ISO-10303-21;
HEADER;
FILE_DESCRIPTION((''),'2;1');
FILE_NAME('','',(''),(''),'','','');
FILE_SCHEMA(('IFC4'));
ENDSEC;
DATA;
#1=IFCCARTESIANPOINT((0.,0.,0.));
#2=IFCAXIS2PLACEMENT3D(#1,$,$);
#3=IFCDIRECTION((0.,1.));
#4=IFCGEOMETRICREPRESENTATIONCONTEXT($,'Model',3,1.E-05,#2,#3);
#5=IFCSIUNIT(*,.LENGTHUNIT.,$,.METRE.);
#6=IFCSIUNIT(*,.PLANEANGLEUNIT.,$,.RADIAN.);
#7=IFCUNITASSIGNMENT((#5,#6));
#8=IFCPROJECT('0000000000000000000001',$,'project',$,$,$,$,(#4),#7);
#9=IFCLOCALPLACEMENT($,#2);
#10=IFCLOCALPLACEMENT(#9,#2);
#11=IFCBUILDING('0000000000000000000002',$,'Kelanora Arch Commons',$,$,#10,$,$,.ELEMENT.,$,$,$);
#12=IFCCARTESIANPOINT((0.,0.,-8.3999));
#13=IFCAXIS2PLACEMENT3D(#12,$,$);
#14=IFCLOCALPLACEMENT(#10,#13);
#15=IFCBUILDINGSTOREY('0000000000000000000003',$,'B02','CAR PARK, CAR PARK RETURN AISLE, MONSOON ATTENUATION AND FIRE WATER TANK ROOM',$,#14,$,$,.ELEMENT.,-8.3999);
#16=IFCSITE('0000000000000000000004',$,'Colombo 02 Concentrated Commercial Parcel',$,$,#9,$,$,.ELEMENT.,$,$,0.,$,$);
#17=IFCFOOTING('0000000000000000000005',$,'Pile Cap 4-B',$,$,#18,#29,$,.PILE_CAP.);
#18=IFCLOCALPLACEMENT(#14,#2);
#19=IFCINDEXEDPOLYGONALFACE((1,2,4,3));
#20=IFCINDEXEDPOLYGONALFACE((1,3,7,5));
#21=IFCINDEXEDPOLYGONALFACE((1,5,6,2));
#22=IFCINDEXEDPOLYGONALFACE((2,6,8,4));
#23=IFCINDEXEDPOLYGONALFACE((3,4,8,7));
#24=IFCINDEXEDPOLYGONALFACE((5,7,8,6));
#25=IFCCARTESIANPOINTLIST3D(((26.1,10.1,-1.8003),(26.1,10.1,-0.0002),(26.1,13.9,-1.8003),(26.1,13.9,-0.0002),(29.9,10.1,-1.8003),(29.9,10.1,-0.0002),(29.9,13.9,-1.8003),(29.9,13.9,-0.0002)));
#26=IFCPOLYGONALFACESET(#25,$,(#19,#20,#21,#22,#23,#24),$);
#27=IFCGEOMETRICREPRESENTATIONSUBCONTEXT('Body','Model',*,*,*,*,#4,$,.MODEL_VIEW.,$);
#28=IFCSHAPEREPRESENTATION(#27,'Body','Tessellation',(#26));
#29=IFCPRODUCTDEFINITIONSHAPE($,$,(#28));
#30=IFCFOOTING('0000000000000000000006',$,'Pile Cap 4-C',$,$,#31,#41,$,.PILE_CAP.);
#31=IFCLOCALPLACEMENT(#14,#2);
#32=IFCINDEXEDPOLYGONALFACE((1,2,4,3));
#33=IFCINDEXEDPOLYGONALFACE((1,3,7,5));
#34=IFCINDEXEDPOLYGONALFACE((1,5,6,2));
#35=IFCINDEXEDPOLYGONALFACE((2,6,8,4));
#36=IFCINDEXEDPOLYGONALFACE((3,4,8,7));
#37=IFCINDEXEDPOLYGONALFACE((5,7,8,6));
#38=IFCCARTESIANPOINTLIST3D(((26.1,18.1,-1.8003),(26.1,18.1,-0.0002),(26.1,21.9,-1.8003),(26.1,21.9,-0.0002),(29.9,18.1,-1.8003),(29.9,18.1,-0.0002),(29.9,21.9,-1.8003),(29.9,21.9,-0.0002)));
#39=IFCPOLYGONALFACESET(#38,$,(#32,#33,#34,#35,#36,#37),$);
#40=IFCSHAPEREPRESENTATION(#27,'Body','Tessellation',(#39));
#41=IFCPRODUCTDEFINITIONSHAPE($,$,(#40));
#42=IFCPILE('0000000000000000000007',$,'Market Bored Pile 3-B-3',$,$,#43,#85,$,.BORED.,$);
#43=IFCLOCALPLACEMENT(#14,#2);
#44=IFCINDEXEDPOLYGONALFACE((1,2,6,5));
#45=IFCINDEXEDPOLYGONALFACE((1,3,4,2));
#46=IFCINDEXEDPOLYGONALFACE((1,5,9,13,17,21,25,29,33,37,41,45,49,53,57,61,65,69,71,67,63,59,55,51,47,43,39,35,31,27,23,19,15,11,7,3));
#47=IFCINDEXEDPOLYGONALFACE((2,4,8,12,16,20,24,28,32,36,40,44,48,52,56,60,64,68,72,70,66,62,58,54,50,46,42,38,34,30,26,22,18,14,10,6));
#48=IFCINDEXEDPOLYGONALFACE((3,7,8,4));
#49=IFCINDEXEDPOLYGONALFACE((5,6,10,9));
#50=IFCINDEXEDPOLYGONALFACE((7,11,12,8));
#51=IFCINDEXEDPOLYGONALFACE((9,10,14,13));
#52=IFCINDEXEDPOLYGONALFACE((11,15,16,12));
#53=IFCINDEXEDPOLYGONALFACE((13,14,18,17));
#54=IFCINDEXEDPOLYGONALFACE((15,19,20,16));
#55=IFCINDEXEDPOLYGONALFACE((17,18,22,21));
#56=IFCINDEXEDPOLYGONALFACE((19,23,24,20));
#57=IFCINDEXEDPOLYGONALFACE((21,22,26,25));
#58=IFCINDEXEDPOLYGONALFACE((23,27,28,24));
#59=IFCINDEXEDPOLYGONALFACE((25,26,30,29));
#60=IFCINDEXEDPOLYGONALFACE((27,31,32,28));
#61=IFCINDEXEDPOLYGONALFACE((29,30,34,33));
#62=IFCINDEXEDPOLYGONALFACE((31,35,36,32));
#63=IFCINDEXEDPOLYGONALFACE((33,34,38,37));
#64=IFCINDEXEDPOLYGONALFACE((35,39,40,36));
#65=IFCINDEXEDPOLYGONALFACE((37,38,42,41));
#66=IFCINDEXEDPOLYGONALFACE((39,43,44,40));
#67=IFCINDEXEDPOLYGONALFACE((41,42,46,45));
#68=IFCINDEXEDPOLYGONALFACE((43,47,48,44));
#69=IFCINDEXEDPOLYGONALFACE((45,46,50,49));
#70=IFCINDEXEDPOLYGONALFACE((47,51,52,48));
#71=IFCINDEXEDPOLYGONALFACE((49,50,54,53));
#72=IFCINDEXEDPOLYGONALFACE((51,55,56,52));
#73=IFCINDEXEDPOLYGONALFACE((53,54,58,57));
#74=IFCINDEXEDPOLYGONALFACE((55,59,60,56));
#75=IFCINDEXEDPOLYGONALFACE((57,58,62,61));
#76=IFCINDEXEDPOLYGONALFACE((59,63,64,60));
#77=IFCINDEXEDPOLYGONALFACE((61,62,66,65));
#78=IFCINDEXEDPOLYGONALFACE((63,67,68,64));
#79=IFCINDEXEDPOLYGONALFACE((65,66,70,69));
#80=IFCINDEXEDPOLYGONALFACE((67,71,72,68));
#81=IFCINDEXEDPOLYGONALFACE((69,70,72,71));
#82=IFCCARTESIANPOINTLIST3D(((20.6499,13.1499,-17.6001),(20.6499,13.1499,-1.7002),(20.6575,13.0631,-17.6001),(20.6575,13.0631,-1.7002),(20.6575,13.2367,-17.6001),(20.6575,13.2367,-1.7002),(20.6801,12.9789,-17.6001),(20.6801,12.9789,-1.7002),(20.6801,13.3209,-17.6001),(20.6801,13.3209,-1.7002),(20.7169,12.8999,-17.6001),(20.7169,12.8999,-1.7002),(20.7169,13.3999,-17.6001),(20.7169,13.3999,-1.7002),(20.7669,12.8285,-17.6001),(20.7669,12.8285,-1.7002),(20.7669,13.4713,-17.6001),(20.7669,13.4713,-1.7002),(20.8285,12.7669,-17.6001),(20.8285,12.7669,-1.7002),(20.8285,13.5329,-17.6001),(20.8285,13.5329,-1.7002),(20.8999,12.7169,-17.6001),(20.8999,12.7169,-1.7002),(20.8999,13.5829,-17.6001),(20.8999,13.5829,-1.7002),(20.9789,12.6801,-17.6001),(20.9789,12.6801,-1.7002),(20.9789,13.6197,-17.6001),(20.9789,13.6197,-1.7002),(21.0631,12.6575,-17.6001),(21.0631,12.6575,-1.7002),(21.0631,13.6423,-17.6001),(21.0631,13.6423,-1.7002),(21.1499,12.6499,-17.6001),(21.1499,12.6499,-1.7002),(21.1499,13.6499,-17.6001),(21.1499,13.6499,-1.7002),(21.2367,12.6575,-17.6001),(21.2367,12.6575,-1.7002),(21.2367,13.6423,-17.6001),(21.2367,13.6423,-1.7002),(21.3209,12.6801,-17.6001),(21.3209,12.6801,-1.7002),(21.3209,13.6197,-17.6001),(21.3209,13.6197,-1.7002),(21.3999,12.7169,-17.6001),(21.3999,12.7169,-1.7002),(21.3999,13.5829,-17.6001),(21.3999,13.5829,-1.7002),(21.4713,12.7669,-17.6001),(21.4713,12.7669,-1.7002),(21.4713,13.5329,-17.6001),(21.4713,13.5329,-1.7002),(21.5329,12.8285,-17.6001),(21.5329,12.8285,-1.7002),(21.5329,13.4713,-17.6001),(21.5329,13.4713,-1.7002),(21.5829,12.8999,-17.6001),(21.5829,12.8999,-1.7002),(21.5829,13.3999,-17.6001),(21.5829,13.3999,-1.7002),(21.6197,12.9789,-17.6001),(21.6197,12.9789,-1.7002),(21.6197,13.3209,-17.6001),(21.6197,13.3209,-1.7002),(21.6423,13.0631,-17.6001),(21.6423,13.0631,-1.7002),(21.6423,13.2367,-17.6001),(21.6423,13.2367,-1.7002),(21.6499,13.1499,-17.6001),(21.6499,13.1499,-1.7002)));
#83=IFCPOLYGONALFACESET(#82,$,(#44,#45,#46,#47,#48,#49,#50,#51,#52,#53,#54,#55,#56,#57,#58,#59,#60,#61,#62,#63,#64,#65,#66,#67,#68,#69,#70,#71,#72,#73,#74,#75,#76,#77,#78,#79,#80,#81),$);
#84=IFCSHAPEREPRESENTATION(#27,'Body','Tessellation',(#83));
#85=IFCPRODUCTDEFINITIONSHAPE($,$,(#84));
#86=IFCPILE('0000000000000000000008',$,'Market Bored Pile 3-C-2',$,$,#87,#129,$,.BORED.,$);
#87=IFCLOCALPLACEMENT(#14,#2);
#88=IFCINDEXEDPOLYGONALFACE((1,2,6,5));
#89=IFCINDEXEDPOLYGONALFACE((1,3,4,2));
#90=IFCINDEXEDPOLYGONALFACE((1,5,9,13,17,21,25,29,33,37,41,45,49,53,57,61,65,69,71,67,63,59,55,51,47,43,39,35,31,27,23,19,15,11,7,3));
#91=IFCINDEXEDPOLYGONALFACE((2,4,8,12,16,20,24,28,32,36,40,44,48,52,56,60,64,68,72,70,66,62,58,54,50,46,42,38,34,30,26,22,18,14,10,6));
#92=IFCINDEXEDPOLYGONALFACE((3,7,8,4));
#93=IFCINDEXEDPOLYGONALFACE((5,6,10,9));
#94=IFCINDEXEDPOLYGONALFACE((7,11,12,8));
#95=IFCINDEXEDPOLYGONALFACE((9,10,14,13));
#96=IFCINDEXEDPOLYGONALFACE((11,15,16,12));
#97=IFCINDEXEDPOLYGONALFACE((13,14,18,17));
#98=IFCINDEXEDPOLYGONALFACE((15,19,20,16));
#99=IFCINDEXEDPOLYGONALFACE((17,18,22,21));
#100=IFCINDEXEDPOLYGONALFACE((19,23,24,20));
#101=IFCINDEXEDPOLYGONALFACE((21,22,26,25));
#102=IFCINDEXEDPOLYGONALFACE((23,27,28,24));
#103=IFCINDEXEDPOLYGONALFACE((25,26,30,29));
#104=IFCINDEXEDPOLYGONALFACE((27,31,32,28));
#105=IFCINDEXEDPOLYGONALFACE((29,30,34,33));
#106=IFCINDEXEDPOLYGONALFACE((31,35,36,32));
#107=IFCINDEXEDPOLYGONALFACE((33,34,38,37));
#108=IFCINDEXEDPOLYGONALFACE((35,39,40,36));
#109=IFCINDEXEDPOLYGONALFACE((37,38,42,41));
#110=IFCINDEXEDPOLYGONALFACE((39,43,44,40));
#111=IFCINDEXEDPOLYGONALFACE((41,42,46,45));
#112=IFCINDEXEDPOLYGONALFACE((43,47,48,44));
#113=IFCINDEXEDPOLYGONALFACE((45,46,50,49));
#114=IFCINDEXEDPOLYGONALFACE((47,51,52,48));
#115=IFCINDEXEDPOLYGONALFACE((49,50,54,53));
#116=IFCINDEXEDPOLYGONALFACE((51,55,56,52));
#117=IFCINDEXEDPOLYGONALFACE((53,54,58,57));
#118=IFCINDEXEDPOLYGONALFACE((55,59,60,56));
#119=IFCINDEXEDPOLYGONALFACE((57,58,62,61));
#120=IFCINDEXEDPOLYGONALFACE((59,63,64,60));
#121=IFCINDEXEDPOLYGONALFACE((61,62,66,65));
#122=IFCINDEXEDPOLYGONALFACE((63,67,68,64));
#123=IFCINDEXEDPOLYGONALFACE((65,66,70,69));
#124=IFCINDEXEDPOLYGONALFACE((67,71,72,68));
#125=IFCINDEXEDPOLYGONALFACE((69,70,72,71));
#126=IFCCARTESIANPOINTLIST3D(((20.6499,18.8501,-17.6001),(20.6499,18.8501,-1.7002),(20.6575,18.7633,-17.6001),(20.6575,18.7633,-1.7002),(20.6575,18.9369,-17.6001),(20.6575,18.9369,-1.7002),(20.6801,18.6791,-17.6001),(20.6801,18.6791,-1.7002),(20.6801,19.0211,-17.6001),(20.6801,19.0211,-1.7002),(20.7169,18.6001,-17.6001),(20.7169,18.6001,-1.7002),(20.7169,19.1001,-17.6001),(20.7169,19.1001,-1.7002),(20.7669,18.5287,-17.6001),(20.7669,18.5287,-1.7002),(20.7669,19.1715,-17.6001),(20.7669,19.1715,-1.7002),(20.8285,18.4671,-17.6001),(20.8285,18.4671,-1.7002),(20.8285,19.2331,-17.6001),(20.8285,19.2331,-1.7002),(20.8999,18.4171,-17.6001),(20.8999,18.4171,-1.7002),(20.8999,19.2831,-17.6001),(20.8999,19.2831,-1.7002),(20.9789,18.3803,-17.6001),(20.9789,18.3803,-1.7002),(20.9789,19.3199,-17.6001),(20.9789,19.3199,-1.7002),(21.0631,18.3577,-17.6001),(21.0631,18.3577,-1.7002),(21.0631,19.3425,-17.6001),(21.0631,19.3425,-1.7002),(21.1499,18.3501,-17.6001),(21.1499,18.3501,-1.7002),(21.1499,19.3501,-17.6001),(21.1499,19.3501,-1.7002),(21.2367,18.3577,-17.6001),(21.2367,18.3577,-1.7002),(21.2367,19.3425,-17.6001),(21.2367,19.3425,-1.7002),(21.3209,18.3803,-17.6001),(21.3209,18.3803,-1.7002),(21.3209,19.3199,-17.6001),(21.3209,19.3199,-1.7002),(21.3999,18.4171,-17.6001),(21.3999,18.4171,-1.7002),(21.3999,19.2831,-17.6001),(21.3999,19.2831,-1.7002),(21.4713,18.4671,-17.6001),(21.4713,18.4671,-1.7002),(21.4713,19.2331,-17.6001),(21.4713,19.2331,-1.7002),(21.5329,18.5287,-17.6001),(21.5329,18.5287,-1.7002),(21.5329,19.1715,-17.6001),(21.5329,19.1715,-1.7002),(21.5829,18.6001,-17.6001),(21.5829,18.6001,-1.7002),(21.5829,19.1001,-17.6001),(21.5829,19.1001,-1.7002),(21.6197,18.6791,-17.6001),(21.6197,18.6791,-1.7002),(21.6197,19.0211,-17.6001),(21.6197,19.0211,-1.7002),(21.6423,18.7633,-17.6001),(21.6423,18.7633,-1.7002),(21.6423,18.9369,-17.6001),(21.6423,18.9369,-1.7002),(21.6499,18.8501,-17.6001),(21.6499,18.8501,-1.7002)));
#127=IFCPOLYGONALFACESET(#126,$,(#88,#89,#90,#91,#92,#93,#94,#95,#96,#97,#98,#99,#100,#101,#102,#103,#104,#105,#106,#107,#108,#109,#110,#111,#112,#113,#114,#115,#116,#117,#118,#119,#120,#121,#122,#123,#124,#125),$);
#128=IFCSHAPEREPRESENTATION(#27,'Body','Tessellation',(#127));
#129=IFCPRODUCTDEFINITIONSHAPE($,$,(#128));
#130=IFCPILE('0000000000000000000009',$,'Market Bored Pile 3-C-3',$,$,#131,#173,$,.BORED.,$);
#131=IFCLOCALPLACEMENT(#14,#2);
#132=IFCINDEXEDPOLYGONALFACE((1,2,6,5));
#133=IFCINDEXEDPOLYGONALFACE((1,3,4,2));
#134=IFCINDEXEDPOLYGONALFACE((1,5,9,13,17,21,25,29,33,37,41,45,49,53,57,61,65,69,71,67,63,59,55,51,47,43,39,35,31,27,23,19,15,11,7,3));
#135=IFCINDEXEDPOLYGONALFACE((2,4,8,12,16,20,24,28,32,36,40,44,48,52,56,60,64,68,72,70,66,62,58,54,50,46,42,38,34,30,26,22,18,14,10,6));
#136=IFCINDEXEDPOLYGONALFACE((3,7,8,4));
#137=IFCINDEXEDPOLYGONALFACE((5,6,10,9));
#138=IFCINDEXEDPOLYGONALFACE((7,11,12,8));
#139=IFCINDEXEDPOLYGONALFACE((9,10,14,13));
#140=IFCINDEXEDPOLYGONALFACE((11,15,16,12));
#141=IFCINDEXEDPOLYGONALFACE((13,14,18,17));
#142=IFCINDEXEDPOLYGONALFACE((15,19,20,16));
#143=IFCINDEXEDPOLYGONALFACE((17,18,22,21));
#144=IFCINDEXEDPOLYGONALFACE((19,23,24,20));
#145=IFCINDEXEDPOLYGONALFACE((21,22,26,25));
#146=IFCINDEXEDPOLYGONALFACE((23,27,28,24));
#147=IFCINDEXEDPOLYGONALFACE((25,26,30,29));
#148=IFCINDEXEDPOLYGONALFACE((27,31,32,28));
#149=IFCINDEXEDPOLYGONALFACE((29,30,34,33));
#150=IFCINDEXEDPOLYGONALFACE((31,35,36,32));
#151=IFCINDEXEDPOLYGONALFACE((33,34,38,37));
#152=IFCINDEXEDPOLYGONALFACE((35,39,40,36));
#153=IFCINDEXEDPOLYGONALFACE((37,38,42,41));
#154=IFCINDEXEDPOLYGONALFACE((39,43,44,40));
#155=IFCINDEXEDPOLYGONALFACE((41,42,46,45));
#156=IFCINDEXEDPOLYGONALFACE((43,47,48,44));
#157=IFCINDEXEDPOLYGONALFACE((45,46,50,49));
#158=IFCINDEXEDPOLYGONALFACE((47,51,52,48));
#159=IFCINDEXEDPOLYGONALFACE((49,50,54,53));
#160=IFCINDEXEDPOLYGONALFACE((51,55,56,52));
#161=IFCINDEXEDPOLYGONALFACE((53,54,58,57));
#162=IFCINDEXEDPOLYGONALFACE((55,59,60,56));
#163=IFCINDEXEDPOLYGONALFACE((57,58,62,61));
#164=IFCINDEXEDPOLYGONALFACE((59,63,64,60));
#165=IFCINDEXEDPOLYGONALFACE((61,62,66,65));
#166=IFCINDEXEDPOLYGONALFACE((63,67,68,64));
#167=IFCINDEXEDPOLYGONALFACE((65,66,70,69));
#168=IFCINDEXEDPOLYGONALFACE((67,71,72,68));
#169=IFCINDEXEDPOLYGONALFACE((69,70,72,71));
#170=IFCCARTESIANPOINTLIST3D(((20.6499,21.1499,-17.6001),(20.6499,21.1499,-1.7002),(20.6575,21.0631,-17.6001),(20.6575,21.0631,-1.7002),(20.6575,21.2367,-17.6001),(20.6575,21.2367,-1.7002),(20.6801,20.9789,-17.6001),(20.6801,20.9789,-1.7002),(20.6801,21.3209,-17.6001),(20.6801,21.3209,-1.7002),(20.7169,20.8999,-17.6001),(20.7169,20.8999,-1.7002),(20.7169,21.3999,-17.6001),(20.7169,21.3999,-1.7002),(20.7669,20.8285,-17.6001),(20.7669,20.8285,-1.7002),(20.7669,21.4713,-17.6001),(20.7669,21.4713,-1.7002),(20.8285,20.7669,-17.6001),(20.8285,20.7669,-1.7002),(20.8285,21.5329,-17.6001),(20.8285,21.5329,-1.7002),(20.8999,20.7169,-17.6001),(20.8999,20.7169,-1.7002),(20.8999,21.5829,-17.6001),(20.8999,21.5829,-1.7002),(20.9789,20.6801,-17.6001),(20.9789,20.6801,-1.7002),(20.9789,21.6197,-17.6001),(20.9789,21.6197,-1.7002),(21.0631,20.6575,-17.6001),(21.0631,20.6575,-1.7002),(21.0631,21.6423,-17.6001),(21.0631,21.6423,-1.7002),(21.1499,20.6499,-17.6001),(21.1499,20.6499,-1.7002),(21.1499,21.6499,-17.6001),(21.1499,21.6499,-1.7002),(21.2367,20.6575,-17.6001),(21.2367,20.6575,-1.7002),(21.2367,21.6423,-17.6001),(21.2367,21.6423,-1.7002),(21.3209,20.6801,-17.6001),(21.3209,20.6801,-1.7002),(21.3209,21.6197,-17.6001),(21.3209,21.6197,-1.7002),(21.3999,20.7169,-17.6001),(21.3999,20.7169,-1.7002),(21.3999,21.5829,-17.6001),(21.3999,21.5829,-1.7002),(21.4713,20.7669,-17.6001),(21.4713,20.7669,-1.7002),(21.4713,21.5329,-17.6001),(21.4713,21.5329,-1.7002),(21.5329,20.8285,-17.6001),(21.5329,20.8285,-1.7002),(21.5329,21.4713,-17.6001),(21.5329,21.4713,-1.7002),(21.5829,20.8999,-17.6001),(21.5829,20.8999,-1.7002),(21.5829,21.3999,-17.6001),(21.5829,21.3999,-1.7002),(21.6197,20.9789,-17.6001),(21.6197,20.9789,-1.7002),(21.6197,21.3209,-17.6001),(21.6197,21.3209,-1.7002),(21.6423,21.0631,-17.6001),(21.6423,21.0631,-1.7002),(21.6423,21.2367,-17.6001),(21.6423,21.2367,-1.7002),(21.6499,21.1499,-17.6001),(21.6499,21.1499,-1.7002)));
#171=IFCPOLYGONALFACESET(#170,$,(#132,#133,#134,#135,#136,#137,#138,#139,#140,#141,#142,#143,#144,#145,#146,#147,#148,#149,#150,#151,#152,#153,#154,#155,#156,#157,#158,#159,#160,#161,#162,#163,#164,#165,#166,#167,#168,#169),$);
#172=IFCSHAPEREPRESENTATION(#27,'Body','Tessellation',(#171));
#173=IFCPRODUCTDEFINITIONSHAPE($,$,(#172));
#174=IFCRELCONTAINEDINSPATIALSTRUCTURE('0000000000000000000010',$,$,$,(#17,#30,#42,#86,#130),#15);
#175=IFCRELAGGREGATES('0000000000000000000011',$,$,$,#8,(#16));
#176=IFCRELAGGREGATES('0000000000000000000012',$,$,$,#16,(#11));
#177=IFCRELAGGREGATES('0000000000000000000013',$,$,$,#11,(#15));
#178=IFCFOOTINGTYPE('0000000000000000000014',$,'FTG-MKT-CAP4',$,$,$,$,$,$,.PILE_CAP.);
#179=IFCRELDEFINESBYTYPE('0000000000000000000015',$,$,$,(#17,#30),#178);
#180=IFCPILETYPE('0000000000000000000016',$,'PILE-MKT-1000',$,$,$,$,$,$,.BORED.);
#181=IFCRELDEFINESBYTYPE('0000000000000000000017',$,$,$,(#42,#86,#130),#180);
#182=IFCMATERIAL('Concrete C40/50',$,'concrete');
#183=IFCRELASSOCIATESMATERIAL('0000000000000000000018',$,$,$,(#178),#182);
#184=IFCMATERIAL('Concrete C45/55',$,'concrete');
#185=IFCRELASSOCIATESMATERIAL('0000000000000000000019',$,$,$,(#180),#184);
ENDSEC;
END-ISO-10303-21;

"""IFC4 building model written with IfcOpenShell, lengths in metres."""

from ifc_helpers import new_model, si_unit, direction, frame, origin, origin_2d, place, context, subcontext, project, spatial, rectangle, circle, extrude, source, transform, mapped, material, material_profile, profile_set, type_object, element, save


model = new_model("IFC4")

# Units and contexts
model_context = context("Model", 3, precision=1e-05, world=origin(), true_north=direction((0.0, 1.0)))
body_context = subcontext(model_context, "Body", "Model", "MODEL_VIEW")
ifc_project = project(units=[si_unit("LENGTHUNIT", "METRE"), si_unit("PLANEANGLEUNIT", "RADIAN")], contexts=[model_context])

# Site, building, storey
site_placement = place(None, origin())
site = spatial("IfcSite", under=ifc_project, at=site_placement, Name="Colombo 02 Concentrated Commercial Parcel", CompositionType="ELEMENT", RefElevation=0.0)
building_placement = place(site_placement, origin())
building = spatial("IfcBuilding", under=site, at=building_placement, Name="Kelanora Arch Commons", CompositionType="ELEMENT")
storey_placement = place(building_placement, frame((0.0, 0.0, -8.3999)))
storey = spatial("IfcBuildingStorey", under=building, at=storey_placement, Name="B02", Description="CAR PARK, CAR PARK RETURN AISLE, MONSOON ATTENUATION AND FIRE WATER TANK ROOM", CompositionType="ELEMENT", Elevation=-8.3999)

# Footings
ifc_material_1 = material(Name="Concrete C40/50", Category="concrete")
footing_type_1 = type_object("IfcFootingType", Name="FTG-MKT-CAP4", PredefinedType="PILE_CAP", material=ifc_material_1)
shared_shape_1 = source(origin(), body_context, "Body", "SweptSolid", [
    extrude(rectangle(XDim=3.8, YDim=3.8, at=origin_2d()), origin(), (0.0, 0.0, 1.0), 1.8),
])
for number, where, z_axis, x_axis, name in (
    (1, (28.0, 12.0, -1.8003), (0.0, 0.0, 1.0), (1.0, 0.0, 0.0), "Pile Cap 4-B"),
    (2, (28.0, 20.0, -1.8003), (0.0, 0.0, 1.0), (1.0, 0.0, 0.0), "Pile Cap 4-C"),
):
    element("IfcFooting", number, at=place(storey_placement, frame(where, z_axis=z_axis, x_axis=x_axis)), inside=storey, type_object=footing_type_1, Name=name, PredefinedType="PILE_CAP", context=body_context, shape_type="MappedRepresentation", body=[
        mapped(shared_shape_1, transform((0.0, 0.0, 0.0), scale=1.0)),
    ])

# Piles
ifc_material_2 = material(Name="Concrete C45/55", Category="concrete")
ifc_material_profile_1 = material_profile(ifc_material_2, circle(Radius=0.5, at=origin_2d()), Name="PILE1000")
ifc_profile_set_1 = profile_set([ifc_material_profile_1], Name="Concrete C45/55")
pile_type = type_object("IfcPileType", Name="PILE-MKT-1000", PredefinedType="BORED", material=ifc_profile_set_1)
shared_shape_2 = source(origin(), body_context, "Body", "SweptSolid", [
    extrude(circle(Radius=0.5, at=origin_2d()), origin(), (0.0, 0.0, 1.0), 15.8999),
])
for number, where, z_axis, x_axis, name in (
    (3, (21.1499, 13.1499, -1.7002), (0.0, 0.0, -1.0), (1.0, 0.0, 0.0), "Market Bored Pile 3-B-3"),
    (4, (21.1499, 18.8501, -1.7002), (0.0, 0.0, -1.0), (1.0, 0.0, 0.0), "Market Bored Pile 3-C-2"),
    (5, (21.1499, 21.1499, -1.7002), (0.0, 0.0, -1.0), (1.0, 0.0, 0.0), "Market Bored Pile 3-C-3"),
):
    element("IfcPile", number, at=place(storey_placement, frame(where, z_axis=z_axis, x_axis=x_axis)), inside=storey, type_object=pile_type, Name=name, PredefinedType="BORED", context=body_context, shape_type="MappedRepresentation", body=[
        mapped(shared_shape_2, transform((0.0, 0.0, 0.0), scale=1.0)),
    ])

save(model, "model.ifc")
